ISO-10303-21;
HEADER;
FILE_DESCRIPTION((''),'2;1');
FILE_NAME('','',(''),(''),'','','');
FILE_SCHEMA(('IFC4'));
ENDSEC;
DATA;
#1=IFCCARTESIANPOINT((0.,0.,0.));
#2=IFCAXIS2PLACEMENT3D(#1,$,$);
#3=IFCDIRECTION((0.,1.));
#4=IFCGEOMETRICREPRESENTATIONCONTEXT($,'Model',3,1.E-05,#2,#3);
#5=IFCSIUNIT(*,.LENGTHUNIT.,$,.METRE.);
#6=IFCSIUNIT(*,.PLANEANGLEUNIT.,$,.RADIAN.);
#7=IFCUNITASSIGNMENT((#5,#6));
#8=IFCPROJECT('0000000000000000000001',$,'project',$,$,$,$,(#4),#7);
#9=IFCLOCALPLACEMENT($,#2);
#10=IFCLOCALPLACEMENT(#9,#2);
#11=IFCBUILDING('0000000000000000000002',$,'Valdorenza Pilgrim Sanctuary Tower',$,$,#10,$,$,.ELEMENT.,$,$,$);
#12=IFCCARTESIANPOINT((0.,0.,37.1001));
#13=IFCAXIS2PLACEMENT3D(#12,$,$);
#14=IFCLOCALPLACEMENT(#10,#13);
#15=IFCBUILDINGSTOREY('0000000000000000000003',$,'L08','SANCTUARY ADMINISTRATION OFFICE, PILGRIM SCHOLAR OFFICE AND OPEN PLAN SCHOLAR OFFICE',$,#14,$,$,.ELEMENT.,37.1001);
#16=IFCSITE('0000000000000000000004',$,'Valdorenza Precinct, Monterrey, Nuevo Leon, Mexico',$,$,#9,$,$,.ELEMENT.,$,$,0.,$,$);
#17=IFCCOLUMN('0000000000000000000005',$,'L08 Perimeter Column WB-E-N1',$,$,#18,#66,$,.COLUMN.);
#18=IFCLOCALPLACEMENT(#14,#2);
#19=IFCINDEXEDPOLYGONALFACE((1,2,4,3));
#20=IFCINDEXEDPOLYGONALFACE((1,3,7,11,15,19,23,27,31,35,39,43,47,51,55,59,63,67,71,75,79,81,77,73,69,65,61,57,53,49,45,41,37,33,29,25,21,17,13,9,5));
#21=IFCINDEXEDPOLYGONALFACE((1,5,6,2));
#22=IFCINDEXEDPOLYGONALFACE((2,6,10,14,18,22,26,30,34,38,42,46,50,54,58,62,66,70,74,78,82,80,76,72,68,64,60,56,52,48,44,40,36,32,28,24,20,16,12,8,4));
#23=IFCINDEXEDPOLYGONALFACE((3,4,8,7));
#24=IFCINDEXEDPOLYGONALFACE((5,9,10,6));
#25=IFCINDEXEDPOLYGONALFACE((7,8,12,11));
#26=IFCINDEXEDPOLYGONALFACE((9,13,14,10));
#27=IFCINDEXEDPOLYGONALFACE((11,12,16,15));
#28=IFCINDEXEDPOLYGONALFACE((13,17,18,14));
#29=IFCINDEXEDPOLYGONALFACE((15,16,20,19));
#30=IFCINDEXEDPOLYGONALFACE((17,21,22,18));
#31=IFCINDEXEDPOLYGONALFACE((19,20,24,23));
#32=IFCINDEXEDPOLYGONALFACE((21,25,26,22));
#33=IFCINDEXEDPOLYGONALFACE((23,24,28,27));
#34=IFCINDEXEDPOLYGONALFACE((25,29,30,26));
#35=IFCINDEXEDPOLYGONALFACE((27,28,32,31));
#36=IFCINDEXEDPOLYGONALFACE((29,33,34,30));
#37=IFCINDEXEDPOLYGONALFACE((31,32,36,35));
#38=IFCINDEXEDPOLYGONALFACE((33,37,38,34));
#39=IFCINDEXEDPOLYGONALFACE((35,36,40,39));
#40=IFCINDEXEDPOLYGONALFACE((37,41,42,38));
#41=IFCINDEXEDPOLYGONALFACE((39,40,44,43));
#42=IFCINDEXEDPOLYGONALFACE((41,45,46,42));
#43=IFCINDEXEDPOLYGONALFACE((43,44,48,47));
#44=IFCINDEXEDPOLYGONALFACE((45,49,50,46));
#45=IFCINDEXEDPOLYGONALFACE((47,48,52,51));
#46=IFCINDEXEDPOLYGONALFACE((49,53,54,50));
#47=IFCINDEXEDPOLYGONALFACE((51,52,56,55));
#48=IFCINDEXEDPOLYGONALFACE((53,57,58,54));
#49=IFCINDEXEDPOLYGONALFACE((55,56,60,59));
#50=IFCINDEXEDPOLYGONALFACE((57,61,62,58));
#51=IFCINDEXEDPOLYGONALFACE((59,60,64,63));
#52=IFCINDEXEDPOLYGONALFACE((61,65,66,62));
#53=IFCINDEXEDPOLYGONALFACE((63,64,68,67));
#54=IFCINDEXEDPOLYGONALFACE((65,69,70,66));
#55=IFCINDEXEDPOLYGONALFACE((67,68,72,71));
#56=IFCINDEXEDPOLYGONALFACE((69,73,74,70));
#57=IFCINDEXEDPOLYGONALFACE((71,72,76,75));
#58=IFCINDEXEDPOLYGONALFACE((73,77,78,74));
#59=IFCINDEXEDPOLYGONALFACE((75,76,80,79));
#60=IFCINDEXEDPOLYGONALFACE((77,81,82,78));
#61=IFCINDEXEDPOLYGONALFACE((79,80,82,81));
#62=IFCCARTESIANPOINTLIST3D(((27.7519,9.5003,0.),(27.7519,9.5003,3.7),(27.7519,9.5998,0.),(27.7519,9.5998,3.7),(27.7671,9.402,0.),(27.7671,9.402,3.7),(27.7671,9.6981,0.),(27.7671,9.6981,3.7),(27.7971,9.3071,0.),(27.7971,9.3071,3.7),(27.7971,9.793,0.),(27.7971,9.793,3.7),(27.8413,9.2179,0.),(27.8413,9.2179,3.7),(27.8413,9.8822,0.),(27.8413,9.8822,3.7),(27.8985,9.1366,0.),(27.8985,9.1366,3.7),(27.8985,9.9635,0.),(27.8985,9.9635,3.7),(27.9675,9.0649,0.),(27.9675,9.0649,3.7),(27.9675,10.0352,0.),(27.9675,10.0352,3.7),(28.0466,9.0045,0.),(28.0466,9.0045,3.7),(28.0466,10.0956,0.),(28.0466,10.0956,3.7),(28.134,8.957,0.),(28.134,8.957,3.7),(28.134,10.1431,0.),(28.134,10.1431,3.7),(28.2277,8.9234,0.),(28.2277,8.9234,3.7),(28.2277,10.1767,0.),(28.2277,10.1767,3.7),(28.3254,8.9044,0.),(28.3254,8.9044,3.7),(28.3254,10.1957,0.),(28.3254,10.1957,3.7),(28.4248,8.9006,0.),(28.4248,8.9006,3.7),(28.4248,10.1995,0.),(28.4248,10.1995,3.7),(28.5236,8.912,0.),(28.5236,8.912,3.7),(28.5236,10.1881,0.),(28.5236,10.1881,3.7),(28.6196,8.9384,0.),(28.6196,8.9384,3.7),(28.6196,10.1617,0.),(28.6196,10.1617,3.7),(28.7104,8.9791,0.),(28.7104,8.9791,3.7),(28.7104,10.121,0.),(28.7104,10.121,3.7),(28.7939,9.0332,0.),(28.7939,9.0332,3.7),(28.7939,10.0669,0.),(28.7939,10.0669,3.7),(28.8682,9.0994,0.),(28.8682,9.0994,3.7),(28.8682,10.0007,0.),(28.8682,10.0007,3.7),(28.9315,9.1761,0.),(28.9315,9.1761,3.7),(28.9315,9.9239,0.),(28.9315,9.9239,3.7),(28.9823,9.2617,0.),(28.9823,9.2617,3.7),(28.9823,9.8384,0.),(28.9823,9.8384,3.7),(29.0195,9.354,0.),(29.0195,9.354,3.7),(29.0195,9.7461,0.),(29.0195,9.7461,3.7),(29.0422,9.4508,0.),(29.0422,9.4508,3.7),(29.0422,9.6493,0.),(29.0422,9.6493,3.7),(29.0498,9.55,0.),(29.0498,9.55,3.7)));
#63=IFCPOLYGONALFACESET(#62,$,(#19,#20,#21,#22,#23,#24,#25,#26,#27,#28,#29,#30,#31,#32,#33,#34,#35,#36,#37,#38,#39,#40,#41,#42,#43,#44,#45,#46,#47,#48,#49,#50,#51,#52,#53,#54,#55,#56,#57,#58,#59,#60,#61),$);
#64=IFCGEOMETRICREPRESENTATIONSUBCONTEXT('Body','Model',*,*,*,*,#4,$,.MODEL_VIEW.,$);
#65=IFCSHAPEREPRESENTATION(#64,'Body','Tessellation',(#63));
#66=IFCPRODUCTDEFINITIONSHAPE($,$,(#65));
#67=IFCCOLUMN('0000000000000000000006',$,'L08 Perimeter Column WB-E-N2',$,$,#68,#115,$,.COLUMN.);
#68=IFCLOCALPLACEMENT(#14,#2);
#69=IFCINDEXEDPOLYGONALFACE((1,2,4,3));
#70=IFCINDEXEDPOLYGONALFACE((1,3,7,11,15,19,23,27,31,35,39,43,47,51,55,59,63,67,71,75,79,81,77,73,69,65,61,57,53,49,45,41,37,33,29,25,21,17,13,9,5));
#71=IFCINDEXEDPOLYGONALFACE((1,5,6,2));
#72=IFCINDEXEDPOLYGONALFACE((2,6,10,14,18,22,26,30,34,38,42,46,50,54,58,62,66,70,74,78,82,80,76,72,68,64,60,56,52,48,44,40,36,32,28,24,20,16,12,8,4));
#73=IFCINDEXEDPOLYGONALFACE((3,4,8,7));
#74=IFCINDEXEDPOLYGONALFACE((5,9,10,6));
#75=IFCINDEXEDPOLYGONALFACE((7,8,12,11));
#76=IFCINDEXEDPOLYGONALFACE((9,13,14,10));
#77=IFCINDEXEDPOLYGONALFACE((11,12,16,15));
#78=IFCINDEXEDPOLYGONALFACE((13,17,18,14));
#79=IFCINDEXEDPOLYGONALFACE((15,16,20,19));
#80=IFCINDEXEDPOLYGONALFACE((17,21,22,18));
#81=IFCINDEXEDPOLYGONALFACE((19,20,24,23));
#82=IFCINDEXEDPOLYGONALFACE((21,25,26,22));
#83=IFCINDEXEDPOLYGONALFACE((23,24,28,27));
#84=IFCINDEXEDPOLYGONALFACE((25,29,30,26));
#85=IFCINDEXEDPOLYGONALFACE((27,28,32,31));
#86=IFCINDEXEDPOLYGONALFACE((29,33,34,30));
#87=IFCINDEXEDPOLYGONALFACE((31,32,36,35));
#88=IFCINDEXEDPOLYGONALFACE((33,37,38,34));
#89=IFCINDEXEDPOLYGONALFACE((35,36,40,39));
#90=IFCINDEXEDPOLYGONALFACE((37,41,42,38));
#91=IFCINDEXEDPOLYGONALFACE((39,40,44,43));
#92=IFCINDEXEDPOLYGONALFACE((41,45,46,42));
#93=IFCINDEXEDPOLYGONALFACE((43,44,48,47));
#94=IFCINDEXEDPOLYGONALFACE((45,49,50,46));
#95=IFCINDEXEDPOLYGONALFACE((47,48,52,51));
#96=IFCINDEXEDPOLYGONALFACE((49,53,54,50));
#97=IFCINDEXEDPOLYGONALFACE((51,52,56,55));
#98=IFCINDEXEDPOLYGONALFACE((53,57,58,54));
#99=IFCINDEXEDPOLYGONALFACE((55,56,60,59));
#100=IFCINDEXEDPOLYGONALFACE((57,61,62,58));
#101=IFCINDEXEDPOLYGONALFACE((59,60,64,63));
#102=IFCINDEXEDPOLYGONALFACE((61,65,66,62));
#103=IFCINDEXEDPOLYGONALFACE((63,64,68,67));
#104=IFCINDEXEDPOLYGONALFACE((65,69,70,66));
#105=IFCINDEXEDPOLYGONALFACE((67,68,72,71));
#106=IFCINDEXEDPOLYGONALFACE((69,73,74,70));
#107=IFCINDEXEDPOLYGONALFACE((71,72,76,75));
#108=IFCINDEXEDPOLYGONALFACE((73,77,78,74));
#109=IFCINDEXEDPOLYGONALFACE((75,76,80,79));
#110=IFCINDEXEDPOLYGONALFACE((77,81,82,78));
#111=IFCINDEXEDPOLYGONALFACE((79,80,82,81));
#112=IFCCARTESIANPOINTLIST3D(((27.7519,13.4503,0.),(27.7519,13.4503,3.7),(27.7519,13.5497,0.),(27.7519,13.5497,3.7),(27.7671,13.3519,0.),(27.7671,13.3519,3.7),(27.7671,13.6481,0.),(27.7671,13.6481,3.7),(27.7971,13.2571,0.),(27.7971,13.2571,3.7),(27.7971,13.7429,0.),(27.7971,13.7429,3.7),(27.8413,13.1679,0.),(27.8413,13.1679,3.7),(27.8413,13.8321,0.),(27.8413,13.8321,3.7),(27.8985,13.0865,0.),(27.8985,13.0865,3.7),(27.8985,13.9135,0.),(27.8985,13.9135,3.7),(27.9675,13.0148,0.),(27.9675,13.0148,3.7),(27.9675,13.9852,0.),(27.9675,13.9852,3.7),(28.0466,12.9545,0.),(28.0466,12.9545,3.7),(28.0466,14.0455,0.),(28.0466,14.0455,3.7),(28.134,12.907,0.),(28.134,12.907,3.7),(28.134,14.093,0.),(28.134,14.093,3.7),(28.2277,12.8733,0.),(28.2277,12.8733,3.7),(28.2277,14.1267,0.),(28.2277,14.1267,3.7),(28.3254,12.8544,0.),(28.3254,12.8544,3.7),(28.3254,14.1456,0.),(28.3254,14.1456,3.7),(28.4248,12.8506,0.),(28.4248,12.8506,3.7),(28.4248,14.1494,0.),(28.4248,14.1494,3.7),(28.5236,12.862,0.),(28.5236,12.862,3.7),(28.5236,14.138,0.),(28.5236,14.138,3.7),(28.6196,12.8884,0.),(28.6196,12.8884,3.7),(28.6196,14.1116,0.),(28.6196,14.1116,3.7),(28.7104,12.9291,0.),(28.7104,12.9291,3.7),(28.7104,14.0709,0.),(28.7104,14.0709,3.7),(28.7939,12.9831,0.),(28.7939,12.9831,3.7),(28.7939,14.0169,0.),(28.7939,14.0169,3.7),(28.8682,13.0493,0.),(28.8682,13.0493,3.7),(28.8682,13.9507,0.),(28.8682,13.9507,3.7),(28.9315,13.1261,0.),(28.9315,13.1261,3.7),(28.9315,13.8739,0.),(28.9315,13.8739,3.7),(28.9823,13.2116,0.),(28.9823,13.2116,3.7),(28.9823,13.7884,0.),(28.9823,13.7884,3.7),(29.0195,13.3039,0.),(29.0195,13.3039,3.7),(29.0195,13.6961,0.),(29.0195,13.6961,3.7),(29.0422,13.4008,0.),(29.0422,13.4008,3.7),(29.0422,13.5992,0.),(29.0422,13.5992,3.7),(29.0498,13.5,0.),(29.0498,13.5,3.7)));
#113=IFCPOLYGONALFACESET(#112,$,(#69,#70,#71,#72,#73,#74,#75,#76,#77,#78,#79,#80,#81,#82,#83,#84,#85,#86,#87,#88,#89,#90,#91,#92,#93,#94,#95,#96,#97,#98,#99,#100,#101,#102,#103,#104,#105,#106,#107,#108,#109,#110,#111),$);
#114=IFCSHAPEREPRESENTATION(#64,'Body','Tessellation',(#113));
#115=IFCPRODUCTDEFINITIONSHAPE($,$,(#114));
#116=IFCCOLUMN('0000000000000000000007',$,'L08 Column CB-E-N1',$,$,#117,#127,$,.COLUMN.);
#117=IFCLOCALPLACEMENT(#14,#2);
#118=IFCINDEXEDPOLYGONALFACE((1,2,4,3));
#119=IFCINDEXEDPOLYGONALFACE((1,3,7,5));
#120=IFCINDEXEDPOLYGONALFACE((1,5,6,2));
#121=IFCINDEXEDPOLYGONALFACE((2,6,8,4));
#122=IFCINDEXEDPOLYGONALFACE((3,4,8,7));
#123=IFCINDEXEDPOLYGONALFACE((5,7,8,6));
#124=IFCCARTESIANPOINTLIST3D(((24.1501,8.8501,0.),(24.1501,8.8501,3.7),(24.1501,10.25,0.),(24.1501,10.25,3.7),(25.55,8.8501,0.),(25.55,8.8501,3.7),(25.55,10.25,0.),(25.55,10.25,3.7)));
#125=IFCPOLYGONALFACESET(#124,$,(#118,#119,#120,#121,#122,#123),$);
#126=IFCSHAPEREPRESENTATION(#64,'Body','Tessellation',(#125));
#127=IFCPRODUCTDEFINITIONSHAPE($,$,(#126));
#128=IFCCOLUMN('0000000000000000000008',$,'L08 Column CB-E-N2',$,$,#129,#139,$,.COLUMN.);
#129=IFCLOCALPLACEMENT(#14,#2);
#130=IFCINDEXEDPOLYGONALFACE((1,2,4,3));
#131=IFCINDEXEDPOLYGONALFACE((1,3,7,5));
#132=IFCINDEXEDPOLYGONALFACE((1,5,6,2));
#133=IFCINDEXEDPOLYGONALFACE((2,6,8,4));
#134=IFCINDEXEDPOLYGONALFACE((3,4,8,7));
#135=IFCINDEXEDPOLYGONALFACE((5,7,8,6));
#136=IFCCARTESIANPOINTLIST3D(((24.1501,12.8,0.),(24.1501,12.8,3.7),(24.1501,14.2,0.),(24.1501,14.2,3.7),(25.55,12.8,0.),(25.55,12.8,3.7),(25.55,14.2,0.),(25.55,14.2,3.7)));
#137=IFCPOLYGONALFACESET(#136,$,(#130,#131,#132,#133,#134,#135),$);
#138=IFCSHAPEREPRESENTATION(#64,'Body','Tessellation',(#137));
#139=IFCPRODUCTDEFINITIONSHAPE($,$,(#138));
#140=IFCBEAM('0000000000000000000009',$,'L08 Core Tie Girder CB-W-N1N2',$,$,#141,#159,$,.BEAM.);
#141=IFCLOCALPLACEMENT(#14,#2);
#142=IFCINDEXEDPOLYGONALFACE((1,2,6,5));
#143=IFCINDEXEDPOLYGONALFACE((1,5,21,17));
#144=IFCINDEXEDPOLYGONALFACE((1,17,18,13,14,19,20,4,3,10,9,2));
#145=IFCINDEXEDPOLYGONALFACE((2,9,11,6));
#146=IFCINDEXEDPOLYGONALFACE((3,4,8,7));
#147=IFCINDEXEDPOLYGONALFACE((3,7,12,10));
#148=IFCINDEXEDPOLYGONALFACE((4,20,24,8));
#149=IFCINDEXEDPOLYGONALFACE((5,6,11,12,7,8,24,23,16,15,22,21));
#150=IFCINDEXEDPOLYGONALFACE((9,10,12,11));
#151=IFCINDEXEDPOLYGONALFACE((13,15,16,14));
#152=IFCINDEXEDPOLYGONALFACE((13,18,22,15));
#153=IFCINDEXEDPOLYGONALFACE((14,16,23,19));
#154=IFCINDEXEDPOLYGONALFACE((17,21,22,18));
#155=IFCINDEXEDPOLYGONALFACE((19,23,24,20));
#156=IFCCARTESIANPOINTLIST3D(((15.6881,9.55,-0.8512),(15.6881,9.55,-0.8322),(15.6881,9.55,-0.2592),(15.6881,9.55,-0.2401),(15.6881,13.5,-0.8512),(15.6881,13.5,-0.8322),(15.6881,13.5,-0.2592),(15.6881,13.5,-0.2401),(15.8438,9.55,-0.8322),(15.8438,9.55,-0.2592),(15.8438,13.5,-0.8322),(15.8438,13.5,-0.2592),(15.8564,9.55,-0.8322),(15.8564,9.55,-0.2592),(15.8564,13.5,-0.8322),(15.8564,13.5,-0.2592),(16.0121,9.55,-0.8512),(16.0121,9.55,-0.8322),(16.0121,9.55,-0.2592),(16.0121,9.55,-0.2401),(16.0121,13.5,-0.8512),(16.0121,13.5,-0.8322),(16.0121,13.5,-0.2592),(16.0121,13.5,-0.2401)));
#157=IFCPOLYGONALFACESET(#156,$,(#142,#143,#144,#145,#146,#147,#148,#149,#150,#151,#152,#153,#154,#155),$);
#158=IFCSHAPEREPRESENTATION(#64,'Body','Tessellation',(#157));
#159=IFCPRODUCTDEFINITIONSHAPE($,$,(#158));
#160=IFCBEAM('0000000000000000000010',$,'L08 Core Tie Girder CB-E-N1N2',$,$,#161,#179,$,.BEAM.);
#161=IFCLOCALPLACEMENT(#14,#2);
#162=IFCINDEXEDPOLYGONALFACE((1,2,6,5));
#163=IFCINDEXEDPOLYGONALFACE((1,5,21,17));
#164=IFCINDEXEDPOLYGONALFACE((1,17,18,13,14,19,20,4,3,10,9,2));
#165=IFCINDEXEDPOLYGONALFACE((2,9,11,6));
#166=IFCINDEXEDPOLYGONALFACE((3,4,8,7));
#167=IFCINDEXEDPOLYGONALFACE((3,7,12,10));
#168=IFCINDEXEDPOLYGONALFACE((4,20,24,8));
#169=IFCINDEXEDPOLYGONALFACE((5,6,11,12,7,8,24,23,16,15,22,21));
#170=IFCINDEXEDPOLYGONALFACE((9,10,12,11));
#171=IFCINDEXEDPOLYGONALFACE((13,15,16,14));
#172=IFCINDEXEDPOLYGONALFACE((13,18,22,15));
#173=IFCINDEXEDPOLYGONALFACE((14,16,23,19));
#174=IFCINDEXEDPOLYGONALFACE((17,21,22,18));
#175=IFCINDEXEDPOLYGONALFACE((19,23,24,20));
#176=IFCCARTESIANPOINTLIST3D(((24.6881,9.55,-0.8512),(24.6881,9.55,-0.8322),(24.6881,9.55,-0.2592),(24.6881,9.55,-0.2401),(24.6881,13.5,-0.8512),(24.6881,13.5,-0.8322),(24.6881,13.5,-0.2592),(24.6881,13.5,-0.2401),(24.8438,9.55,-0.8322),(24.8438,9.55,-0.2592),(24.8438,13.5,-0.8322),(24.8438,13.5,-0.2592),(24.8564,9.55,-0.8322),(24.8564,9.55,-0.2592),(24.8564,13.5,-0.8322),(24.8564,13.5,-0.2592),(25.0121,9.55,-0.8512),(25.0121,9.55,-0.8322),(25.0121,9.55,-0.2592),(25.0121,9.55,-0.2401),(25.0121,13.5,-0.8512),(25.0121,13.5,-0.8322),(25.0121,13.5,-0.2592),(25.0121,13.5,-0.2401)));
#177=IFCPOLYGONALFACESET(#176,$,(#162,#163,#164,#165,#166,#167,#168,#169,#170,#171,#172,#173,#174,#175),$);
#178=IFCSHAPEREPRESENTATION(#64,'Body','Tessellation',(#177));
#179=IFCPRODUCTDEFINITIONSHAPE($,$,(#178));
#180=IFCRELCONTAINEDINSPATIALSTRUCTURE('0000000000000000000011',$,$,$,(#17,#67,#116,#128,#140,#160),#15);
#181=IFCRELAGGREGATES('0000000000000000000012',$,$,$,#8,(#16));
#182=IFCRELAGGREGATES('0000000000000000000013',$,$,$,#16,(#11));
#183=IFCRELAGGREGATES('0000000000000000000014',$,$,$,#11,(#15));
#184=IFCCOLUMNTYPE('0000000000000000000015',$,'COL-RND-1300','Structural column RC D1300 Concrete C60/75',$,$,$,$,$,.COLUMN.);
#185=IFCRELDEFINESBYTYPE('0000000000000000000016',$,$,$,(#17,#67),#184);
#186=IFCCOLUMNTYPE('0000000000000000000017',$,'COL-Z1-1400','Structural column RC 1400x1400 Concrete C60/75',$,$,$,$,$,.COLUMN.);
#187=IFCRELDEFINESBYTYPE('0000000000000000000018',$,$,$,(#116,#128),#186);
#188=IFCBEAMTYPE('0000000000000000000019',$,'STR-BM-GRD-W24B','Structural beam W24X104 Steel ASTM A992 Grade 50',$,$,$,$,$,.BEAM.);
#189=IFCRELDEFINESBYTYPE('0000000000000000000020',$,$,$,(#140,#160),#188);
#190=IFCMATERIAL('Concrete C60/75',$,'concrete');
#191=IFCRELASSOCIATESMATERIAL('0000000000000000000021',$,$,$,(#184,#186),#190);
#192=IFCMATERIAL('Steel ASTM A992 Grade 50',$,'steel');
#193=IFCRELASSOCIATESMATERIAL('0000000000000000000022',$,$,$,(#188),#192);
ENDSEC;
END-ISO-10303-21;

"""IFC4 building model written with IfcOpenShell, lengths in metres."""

from ifc_helpers import new_model, si_unit, direction, frame, origin, origin_2d, place, context, subcontext, project, spatial, rectangle, circle, i_section, extrude, source, transform, mapped, material, material_profile, profile_set, type_object, element, save


model = new_model("IFC4")

# Units and contexts
model_context = context("Model", 3, precision=1e-05, world=origin(), true_north=direction((0.0, 1.0)))
body_context = subcontext(model_context, "Body", "Model", "MODEL_VIEW")
ifc_project = project(units=[si_unit("LENGTHUNIT", "METRE"), si_unit("PLANEANGLEUNIT", "RADIAN")], contexts=[model_context])

# Site, building, storey
site_placement = place(None, origin())
site = spatial("IfcSite", under=ifc_project, at=site_placement, Name="Valdorenza Precinct, Monterrey, Nuevo Leon, Mexico", CompositionType="ELEMENT", RefElevation=0.0)
building_placement = place(site_placement, origin())
building = spatial("IfcBuilding", under=site, at=building_placement, Name="Valdorenza Pilgrim Sanctuary Tower", CompositionType="ELEMENT")
storey_placement = place(building_placement, frame((0.0, 0.0, 37.1001)))
storey = spatial("IfcBuildingStorey", under=building, at=storey_placement, Name="L08", Description="SANCTUARY ADMINISTRATION OFFICE, PILGRIM SCHOLAR OFFICE AND OPEN PLAN SCHOLAR OFFICE", CompositionType="ELEMENT", Elevation=37.1001)

# Columns
ifc_material_1 = material(Name="Concrete C60/75", Category="concrete")
ifc_material_profile_1 = material_profile(ifc_material_1, circle(Radius=0.6499, at=origin_2d()), Name="RC D1300")
ifc_profile_set_1 = profile_set([ifc_material_profile_1], Name="Concrete C60/75")
column_type_1 = type_object("IfcColumnType", Name="COL-RND-1300", Description="Structural column RC D1300 Concrete C60/75", PredefinedType="COLUMN", material=ifc_profile_set_1)
shared_shape_1 = source(origin(), body_context, "Body", "SweptSolid", [
    extrude(circle(Radius=0.6499, at=origin_2d()), origin(), (0.0, 0.0, 1.0), 3.7),
])
for number, where, z_axis, x_axis, name in (
    (1, (28.3999, 9.55, 0.0), (0.0, 0.0, 1.0), (1.0, 0.0, 0.0), "L08 Perimeter Column WB-E-N1"),
    (2, (28.3999, 13.5, 0.0), (0.0, 0.0, 1.0), (1.0, 0.0, 0.0), "L08 Perimeter Column WB-E-N2"),
):
    element("IfcColumn", number, at=place(storey_placement, frame(where, z_axis=z_axis, x_axis=x_axis)), inside=storey, type_object=column_type_1, Name=name, PredefinedType="COLUMN", context=body_context, shape_type="MappedRepresentation", body=[
        mapped(shared_shape_1, transform((0.0, 0.0, 0.0), x_axis=(1.0, 0.0, 0.0), y_axis=(0.0, 1.0, 0.0), z_axis=(0.0, 0.0, 1.0), scale=1.0)),
    ])
ifc_material_profile_2 = material_profile(ifc_material_1, rectangle(XDim=1.3999, YDim=1.3999, at=origin_2d()), Name="RC 1400x1400")
ifc_profile_set_2 = profile_set([ifc_material_profile_2], Name="Concrete C60/75")
column_type_2 = type_object("IfcColumnType", Name="COL-Z1-1400", Description="Structural column RC 1400x1400 Concrete C60/75", PredefinedType="COLUMN", material=ifc_profile_set_2)
shared_shape_2 = source(origin(), body_context, "Body", "SweptSolid", [
    extrude(rectangle(XDim=1.3999, YDim=1.3999, at=origin_2d()), origin(), (0.0, 0.0, 1.0), 3.7),
])
for number, where, z_axis, x_axis, name in (
    (3, (24.8501, 9.55, 0.0), (0.0, 0.0, 1.0), (1.0, 0.0, 0.0), "L08 Column CB-E-N1"),
    (4, (24.8501, 13.5, 0.0), (0.0, 0.0, 1.0), (1.0, 0.0, 0.0), "L08 Column CB-E-N2"),
):
    element("IfcColumn", number, at=place(storey_placement, frame(where, z_axis=z_axis, x_axis=x_axis)), inside=storey, type_object=column_type_2, Name=name, PredefinedType="COLUMN", context=body_context, shape_type="MappedRepresentation", body=[
        mapped(shared_shape_2, transform((0.0, 0.0, 0.0), x_axis=(1.0, 0.0, 0.0), y_axis=(0.0, 1.0, 0.0), z_axis=(0.0, 0.0, 1.0), scale=1.0)),
    ])

# Beams
ifc_material_2 = material(Name="Steel ASTM A992 Grade 50", Category="steel")
ifc_material_profile_3 = material_profile(ifc_material_2, i_section(OverallWidth=0.324, OverallDepth=0.6111, WebThickness=0.0127, FlangeThickness=0.019, at=origin_2d()), Name="W24X104")
ifc_profile_set_3 = profile_set([ifc_material_profile_3], Name="Steel ASTM A992 Grade 50")
beam_type_1 = type_object("IfcBeamType", Name="STR-BM-GRD-W24B", Description="Structural beam W24X104 Steel ASTM A992 Grade 50", PredefinedType="BEAM", material=ifc_profile_set_3)
shared_shape_3 = source(origin(), body_context, "Body", "SweptSolid", [
    extrude(i_section(OverallWidth=0.324, OverallDepth=0.6111, WebThickness=0.0127, FlangeThickness=0.019, at=origin_2d()), origin(), (0.0, 0.0, 1.0), 3.95),
])
for number, where, z_axis, x_axis, name in (
    (5, (15.8501, 9.55, -0.5457), (0.0, 1.0, 0.0), (-1.0, 0.0, 0.0), "L08 Core Tie Girder CB-W-N1N2"),
    (6, (24.8501, 9.55, -0.5457), (0.0, 1.0, 0.0), (-1.0, 0.0, 0.0), "L08 Core Tie Girder CB-E-N1N2"),
):
    element("IfcBeam", number, at=place(storey_placement, frame(where, z_axis=z_axis, x_axis=x_axis)), inside=storey, type_object=beam_type_1, Name=name, PredefinedType="BEAM", context=body_context, shape_type="MappedRepresentation", body=[
        mapped(shared_shape_3, transform((0.0, 0.0, 0.0), x_axis=(1.0, 0.0, 0.0), y_axis=(0.0, 1.0, 0.0), z_axis=(0.0, 0.0, 1.0), scale=1.0)),
    ])

save(model, "model.ifc")
